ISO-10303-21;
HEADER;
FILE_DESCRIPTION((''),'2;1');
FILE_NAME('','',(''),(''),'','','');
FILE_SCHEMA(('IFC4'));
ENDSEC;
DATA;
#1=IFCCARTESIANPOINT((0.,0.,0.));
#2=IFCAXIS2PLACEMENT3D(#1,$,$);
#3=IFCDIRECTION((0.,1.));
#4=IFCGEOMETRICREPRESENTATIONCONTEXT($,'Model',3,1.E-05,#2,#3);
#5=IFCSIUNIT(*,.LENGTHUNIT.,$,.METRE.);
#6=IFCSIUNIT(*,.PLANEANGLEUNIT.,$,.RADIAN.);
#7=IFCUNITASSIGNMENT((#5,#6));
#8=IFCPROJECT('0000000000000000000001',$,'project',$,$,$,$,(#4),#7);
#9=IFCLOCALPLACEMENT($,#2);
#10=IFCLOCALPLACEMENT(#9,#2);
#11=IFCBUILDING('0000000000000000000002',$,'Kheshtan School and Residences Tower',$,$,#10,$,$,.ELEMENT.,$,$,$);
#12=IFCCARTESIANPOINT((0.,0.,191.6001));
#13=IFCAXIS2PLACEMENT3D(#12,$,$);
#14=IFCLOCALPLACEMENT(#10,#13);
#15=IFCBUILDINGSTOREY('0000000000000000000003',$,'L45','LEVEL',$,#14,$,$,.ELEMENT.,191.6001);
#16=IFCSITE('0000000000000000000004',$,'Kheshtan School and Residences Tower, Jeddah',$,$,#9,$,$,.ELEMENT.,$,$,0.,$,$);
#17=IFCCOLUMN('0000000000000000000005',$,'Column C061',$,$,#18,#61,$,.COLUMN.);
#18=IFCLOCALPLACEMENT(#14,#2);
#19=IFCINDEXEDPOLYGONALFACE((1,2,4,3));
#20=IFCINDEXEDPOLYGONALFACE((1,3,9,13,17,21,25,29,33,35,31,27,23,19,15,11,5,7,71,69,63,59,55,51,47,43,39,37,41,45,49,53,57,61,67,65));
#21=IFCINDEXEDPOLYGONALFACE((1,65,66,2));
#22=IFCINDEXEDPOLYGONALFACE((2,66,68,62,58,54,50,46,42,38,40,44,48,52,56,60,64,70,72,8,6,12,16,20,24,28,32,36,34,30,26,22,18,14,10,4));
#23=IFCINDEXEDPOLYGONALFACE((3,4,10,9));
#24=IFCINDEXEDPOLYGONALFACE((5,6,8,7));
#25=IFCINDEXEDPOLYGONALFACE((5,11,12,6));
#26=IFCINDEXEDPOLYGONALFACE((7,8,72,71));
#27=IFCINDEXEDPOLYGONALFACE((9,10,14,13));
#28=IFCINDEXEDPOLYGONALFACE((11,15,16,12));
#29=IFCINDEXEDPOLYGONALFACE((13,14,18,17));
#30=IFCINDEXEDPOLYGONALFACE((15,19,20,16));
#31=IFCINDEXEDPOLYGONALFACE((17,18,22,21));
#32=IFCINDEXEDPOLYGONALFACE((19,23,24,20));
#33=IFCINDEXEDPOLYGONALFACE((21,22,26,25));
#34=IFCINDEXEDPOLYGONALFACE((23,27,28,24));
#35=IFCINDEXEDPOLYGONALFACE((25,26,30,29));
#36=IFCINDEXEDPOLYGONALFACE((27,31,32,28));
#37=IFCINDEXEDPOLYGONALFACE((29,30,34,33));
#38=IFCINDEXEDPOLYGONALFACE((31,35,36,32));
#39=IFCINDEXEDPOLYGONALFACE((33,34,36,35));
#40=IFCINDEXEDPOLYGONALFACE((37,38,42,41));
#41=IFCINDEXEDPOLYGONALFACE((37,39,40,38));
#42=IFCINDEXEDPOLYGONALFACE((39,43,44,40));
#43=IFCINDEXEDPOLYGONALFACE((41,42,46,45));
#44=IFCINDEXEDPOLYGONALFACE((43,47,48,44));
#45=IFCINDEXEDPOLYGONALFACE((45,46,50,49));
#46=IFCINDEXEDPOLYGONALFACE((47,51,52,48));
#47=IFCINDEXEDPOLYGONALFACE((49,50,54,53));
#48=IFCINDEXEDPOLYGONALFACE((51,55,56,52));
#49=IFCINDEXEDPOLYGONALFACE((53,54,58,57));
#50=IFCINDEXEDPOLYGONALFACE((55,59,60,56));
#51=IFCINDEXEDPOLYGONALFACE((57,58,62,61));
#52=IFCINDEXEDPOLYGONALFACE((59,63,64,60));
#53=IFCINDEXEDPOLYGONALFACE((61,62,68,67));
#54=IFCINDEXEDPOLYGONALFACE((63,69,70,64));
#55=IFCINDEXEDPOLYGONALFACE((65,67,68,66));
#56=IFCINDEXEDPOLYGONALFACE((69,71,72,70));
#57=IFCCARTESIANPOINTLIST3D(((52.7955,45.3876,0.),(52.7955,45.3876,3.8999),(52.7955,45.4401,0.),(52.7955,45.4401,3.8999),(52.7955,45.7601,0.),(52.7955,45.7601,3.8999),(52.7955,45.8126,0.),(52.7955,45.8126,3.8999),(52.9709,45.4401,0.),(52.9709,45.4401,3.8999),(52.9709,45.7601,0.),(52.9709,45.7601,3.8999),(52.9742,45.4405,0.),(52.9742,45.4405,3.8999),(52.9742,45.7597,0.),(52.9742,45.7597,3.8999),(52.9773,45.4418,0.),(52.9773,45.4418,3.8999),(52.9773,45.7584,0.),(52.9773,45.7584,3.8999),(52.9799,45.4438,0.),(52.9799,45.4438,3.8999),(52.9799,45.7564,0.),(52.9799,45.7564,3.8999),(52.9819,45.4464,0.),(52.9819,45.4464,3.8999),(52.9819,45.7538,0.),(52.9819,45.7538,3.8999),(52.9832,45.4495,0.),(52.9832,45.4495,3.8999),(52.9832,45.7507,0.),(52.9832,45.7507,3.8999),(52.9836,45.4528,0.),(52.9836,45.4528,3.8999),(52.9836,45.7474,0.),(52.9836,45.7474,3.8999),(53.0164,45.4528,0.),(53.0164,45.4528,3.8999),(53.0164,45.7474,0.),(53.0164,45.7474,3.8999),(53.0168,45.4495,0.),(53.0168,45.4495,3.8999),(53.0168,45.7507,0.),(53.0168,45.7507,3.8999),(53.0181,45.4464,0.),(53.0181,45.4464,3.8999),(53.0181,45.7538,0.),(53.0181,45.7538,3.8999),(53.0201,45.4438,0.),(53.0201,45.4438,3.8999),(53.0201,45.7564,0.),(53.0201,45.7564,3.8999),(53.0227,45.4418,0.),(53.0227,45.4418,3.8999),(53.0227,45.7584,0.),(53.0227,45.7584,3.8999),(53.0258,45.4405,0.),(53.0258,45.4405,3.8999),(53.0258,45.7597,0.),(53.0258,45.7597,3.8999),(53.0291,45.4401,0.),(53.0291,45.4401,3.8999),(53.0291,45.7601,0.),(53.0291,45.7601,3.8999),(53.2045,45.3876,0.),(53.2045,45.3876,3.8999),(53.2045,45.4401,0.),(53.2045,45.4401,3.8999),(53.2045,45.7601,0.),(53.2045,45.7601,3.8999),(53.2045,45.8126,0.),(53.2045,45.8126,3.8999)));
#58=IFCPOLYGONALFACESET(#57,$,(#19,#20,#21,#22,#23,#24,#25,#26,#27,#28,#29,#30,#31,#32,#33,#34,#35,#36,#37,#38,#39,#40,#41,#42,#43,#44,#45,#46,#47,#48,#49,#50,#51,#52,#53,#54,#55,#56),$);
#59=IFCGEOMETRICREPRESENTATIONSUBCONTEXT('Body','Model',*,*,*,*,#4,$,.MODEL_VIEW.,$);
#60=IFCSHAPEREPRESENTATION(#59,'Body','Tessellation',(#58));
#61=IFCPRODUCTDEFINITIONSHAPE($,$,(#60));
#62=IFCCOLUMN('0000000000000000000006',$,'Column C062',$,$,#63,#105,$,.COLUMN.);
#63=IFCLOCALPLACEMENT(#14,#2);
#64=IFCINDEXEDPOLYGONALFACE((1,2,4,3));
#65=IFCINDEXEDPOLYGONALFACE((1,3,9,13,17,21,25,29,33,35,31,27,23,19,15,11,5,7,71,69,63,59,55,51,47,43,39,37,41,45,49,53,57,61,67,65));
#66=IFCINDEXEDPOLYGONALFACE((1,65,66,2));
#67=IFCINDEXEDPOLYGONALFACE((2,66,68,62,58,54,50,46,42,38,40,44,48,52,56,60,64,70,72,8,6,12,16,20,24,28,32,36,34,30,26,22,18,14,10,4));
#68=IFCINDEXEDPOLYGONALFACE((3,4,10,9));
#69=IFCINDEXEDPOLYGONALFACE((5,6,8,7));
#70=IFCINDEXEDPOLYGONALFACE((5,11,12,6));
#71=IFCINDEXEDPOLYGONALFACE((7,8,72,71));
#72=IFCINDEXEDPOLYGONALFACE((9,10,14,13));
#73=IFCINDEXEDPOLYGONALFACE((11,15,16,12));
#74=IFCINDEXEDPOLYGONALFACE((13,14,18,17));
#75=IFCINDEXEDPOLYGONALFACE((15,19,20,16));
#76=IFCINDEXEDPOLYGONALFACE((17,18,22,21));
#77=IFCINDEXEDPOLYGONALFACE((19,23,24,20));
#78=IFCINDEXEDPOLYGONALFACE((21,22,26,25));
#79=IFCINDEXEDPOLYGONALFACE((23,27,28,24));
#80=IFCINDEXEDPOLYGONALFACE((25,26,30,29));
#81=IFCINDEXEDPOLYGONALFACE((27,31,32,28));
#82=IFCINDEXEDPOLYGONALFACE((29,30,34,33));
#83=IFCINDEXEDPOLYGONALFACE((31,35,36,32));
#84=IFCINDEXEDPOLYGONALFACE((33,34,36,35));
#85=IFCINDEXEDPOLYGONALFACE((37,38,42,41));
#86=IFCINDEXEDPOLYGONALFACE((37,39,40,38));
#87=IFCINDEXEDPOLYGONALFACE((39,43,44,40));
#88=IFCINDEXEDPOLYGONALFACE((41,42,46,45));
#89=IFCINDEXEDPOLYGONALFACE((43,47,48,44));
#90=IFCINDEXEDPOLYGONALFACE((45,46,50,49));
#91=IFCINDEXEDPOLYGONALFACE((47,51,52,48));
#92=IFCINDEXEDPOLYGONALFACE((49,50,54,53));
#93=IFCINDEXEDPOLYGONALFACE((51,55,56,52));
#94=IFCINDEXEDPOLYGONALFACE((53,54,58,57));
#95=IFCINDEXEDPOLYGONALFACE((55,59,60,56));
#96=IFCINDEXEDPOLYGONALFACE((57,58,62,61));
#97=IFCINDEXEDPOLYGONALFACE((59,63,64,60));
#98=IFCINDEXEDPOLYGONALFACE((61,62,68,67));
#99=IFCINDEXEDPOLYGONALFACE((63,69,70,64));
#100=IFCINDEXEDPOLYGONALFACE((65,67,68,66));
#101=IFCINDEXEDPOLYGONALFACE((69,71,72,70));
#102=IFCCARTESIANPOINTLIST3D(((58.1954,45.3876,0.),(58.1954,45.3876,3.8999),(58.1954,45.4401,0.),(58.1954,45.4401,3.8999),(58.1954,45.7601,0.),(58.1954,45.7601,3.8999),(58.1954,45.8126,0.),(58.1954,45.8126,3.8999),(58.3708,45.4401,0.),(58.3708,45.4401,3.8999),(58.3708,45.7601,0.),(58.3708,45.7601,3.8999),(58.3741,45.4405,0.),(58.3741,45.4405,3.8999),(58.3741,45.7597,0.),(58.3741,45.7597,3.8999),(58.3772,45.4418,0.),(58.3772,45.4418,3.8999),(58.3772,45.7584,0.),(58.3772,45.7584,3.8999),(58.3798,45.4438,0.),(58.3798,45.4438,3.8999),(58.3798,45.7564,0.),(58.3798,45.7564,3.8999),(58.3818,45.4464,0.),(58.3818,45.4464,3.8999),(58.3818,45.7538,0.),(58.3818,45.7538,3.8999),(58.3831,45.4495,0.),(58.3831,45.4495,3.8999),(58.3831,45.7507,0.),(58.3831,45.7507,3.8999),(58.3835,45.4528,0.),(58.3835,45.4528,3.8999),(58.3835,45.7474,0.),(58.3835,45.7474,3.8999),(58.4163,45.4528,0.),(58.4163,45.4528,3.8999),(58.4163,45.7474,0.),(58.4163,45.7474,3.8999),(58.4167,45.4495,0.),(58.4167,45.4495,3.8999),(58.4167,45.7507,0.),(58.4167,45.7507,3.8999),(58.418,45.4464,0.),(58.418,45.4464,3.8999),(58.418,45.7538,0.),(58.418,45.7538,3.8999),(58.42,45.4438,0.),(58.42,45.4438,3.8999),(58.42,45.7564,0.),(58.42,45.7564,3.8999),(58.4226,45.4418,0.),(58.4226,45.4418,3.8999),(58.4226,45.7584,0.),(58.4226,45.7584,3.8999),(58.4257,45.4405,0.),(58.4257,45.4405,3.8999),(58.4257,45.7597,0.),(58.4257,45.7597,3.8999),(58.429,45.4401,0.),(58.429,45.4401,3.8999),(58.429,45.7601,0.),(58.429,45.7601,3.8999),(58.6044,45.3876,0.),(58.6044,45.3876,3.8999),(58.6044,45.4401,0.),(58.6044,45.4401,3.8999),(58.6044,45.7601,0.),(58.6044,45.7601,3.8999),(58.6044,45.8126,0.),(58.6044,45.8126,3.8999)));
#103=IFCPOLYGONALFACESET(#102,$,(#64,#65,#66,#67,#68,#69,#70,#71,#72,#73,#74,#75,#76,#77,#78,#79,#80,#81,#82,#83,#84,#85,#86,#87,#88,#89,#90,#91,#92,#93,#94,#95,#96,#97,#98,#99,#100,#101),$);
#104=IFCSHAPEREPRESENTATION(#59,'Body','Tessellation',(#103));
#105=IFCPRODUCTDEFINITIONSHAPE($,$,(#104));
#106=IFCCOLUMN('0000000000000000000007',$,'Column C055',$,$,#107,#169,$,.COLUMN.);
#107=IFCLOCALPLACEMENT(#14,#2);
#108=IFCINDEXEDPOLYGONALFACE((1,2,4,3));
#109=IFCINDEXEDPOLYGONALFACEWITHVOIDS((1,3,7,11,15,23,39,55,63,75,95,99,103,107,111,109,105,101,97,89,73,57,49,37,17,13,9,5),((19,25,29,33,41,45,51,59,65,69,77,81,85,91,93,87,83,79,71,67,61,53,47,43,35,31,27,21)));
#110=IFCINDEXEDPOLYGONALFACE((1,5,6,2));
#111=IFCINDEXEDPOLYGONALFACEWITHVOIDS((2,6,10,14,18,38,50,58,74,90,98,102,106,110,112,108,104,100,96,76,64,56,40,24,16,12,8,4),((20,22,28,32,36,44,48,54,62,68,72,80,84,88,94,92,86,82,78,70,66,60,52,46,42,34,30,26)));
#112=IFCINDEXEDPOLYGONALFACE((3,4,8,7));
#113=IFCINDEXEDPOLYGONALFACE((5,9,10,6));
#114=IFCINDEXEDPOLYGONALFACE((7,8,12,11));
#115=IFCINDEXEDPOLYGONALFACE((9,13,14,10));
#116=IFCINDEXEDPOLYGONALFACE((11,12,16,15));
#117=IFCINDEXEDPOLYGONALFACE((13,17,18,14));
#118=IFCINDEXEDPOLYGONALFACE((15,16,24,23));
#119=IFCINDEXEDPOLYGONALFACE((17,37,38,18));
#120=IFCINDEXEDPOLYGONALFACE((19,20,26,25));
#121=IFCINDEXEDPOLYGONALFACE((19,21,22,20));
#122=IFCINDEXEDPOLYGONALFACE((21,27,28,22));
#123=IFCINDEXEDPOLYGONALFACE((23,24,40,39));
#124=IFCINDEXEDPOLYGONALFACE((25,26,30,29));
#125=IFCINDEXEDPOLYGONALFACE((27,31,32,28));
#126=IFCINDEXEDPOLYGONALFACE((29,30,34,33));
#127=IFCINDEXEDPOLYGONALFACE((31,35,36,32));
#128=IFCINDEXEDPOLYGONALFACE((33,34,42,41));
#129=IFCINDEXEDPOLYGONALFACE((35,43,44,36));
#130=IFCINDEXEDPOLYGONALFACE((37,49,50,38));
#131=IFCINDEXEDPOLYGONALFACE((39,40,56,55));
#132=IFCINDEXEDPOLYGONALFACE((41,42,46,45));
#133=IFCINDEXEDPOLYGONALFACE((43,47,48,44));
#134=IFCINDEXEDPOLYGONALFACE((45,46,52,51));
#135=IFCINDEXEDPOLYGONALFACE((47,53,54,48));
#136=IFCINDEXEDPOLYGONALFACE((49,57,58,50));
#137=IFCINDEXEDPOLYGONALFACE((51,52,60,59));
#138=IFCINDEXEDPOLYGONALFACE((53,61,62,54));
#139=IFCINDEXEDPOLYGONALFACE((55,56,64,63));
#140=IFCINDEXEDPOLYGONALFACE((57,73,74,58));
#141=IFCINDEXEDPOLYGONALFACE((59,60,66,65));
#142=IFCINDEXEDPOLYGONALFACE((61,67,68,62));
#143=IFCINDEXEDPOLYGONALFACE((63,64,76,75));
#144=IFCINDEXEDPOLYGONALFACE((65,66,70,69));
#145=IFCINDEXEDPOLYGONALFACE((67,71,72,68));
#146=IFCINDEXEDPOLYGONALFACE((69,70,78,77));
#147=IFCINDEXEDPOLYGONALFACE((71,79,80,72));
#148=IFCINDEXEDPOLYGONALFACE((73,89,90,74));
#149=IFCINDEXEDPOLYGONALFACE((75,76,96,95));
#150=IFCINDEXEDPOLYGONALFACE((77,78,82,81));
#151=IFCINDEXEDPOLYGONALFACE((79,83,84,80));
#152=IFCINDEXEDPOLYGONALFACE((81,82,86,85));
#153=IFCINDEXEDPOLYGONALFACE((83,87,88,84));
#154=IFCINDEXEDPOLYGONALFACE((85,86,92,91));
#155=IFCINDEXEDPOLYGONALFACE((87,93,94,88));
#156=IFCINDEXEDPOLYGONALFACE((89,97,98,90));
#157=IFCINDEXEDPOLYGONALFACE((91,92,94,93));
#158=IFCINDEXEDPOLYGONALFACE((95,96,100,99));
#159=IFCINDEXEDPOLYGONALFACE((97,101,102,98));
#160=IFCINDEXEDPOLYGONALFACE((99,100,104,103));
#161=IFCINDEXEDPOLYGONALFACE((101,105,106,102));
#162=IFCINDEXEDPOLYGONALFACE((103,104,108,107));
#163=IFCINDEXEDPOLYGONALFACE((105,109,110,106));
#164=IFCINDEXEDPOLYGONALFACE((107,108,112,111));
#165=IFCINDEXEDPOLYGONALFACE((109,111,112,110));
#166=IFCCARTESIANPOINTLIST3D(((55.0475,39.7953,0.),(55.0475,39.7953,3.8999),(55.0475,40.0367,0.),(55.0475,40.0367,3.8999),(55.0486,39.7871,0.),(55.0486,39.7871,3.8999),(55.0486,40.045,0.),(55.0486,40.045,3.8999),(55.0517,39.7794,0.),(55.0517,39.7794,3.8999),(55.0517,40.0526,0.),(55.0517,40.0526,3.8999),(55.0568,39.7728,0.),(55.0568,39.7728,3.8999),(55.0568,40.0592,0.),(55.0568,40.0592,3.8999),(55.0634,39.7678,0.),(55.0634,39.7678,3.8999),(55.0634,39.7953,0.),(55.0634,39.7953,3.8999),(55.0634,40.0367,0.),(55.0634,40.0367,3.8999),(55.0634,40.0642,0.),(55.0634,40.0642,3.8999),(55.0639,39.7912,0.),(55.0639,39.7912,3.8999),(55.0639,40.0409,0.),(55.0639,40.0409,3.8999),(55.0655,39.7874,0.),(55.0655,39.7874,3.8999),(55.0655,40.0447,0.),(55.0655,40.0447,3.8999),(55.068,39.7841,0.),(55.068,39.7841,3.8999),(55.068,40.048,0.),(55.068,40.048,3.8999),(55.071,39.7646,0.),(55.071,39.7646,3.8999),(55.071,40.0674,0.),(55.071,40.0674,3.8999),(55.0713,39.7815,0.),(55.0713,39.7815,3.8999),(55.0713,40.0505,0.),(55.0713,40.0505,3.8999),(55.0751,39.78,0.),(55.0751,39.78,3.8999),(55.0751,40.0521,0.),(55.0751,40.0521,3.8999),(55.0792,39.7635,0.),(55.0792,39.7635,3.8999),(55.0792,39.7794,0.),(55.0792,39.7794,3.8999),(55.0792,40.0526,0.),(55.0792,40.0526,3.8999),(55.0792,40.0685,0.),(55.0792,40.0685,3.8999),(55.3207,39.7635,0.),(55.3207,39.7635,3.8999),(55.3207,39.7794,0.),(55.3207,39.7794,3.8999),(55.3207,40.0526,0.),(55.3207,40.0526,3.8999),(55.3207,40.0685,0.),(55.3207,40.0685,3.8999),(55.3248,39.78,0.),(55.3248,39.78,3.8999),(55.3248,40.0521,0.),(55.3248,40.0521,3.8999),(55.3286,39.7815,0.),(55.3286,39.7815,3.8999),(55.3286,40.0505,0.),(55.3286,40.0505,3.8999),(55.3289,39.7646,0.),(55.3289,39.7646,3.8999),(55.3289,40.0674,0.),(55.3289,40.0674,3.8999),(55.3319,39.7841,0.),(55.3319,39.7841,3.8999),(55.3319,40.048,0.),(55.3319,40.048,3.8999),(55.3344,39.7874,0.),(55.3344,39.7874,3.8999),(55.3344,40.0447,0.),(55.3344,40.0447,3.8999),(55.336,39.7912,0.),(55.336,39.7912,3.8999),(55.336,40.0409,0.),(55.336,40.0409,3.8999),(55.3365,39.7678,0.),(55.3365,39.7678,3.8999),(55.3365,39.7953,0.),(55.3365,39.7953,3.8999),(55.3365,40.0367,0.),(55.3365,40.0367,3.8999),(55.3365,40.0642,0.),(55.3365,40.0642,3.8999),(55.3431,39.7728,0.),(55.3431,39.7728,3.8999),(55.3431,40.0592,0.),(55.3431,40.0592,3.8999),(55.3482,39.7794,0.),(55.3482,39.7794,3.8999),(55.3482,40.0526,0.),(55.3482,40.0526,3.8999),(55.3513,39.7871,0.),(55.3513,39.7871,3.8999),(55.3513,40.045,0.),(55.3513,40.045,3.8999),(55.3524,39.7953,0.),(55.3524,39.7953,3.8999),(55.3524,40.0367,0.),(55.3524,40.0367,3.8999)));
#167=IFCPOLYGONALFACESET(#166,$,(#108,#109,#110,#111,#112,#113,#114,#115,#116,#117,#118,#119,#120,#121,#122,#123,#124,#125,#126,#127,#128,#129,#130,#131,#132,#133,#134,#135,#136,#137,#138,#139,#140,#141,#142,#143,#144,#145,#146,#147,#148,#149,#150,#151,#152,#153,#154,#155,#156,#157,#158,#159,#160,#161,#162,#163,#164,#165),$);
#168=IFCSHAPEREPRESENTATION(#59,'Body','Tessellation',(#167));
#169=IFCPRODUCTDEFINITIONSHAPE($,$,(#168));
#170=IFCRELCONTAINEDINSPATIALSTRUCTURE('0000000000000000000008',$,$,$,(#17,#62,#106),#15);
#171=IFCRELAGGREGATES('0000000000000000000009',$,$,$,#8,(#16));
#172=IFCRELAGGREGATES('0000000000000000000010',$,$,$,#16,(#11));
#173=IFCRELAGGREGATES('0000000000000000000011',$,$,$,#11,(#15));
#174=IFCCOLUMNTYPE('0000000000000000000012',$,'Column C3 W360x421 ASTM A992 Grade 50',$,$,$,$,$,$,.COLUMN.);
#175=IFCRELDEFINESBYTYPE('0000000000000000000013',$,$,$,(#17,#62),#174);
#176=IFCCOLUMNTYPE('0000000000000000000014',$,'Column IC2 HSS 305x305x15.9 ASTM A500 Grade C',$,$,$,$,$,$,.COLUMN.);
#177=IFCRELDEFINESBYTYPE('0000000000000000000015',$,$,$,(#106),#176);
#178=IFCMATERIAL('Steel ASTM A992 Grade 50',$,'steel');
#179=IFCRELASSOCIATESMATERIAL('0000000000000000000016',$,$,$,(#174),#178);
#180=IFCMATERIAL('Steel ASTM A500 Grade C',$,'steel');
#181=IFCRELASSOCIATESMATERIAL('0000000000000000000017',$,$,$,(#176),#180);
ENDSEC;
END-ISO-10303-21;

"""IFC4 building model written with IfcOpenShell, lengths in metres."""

from ifc_helpers import new_model, si_unit, direction, frame, origin, origin_2d, place, context, subcontext, project, spatial, hollow_rectangle, i_section, extrude, material, material_profile, profile_set, type_object, element, save


model = new_model("IFC4")

# Units and contexts
model_context = context("Model", 3, precision=1e-05, world=origin(), true_north=direction((0.0, 1.0)))
body_context = subcontext(model_context, "Body", "Model", "MODEL_VIEW")
ifc_project = project(units=[si_unit("LENGTHUNIT", "METRE"), si_unit("PLANEANGLEUNIT", "RADIAN")], contexts=[model_context])

# Site, building, storey
site_placement = place(None, origin())
site = spatial("IfcSite", under=ifc_project, at=site_placement, Name="Kheshtan School and Residences Tower, Jeddah", CompositionType="ELEMENT", RefElevation=0.0)
building_placement = place(site_placement, origin())
building = spatial("IfcBuilding", under=site, at=building_placement, Name="Kheshtan School and Residences Tower", CompositionType="ELEMENT")
storey_placement = place(building_placement, frame((0.0, 0.0, 191.6001)))
storey = spatial("IfcBuildingStorey", under=building, at=storey_placement, Name="L45", Description="LEVEL", CompositionType="ELEMENT", Elevation=191.6001)

# Columns
ifc_material_1 = material(Name="Steel ASTM A992 Grade 50", Category="steel")
ifc_material_profile_1 = material_profile(ifc_material_1, i_section(OverallWidth=0.4089, OverallDepth=0.425, WebThickness=0.0327, FlangeThickness=0.0525, FilletRadius=0.0127, at=origin_2d()), Name="W360x421")
ifc_profile_set_1 = profile_set([ifc_material_profile_1], Name="Steel ASTM A992 Grade 50")
column_type_1 = type_object("IfcColumnType", Name="Column C3 W360x421 ASTM A992 Grade 50", PredefinedType="COLUMN", material=ifc_profile_set_1)
for number, where, z_axis, x_axis, name in (
    (1, (53.0, 45.6001, 0.0), (0.0, 0.0, 1.0), (1.0, 0.0, 0.0), "Column C061"),
    (2, (58.3999, 45.6001, 0.0), (0.0, 0.0, 1.0), (1.0, 0.0, 0.0), "Column C062"),
):
    element("IfcColumn", number, at=place(storey_placement, frame(where, z_axis=z_axis, x_axis=x_axis)), inside=storey, type_object=column_type_1, Name=name, PredefinedType="COLUMN", context=body_context, shape_type="SweptSolid", body=[
        extrude(i_section(OverallWidth=0.4089, OverallDepth=0.425, WebThickness=0.0327, FlangeThickness=0.0525, FilletRadius=0.0127, at=origin_2d()), origin(), (0.0, 0.0, 1.0), 3.8999),
    ])
ifc_material_2 = material(Name="Steel ASTM A500 Grade C", Category="steel")
ifc_material_profile_2 = material_profile(ifc_material_2, hollow_rectangle(XDim=0.3049, YDim=0.3049, WallThickness=0.0159, InnerFilletRadius=0.0159, OuterFilletRadius=0.0317, at=origin_2d()), Name="HSS 305x305x15.9")
ifc_profile_set_2 = profile_set([ifc_material_profile_2], Name="Steel ASTM A500 Grade C")
column_type_2 = type_object("IfcColumnType", Name="Column IC2 HSS 305x305x15.9 ASTM A500 Grade C", PredefinedType="COLUMN", material=ifc_profile_set_2)
column_placement = place(storey_placement, frame((55.2, 39.916, 0.0), z_axis=(0.0, 0.0, 1.0), x_axis=(1.0, 0.0, 0.0)))
element("IfcColumn", 3, at=column_placement, inside=storey, type_object=column_type_2, Name="Column C055", PredefinedType="COLUMN", context=body_context, shape_type="SweptSolid", body=[
    extrude(hollow_rectangle(XDim=0.3049, YDim=0.3049, WallThickness=0.0159, InnerFilletRadius=0.0159, OuterFilletRadius=0.0317, at=origin_2d()), origin(), (0.0, 0.0, 1.0), 3.8999),
])

save(model, "model.ifc")
